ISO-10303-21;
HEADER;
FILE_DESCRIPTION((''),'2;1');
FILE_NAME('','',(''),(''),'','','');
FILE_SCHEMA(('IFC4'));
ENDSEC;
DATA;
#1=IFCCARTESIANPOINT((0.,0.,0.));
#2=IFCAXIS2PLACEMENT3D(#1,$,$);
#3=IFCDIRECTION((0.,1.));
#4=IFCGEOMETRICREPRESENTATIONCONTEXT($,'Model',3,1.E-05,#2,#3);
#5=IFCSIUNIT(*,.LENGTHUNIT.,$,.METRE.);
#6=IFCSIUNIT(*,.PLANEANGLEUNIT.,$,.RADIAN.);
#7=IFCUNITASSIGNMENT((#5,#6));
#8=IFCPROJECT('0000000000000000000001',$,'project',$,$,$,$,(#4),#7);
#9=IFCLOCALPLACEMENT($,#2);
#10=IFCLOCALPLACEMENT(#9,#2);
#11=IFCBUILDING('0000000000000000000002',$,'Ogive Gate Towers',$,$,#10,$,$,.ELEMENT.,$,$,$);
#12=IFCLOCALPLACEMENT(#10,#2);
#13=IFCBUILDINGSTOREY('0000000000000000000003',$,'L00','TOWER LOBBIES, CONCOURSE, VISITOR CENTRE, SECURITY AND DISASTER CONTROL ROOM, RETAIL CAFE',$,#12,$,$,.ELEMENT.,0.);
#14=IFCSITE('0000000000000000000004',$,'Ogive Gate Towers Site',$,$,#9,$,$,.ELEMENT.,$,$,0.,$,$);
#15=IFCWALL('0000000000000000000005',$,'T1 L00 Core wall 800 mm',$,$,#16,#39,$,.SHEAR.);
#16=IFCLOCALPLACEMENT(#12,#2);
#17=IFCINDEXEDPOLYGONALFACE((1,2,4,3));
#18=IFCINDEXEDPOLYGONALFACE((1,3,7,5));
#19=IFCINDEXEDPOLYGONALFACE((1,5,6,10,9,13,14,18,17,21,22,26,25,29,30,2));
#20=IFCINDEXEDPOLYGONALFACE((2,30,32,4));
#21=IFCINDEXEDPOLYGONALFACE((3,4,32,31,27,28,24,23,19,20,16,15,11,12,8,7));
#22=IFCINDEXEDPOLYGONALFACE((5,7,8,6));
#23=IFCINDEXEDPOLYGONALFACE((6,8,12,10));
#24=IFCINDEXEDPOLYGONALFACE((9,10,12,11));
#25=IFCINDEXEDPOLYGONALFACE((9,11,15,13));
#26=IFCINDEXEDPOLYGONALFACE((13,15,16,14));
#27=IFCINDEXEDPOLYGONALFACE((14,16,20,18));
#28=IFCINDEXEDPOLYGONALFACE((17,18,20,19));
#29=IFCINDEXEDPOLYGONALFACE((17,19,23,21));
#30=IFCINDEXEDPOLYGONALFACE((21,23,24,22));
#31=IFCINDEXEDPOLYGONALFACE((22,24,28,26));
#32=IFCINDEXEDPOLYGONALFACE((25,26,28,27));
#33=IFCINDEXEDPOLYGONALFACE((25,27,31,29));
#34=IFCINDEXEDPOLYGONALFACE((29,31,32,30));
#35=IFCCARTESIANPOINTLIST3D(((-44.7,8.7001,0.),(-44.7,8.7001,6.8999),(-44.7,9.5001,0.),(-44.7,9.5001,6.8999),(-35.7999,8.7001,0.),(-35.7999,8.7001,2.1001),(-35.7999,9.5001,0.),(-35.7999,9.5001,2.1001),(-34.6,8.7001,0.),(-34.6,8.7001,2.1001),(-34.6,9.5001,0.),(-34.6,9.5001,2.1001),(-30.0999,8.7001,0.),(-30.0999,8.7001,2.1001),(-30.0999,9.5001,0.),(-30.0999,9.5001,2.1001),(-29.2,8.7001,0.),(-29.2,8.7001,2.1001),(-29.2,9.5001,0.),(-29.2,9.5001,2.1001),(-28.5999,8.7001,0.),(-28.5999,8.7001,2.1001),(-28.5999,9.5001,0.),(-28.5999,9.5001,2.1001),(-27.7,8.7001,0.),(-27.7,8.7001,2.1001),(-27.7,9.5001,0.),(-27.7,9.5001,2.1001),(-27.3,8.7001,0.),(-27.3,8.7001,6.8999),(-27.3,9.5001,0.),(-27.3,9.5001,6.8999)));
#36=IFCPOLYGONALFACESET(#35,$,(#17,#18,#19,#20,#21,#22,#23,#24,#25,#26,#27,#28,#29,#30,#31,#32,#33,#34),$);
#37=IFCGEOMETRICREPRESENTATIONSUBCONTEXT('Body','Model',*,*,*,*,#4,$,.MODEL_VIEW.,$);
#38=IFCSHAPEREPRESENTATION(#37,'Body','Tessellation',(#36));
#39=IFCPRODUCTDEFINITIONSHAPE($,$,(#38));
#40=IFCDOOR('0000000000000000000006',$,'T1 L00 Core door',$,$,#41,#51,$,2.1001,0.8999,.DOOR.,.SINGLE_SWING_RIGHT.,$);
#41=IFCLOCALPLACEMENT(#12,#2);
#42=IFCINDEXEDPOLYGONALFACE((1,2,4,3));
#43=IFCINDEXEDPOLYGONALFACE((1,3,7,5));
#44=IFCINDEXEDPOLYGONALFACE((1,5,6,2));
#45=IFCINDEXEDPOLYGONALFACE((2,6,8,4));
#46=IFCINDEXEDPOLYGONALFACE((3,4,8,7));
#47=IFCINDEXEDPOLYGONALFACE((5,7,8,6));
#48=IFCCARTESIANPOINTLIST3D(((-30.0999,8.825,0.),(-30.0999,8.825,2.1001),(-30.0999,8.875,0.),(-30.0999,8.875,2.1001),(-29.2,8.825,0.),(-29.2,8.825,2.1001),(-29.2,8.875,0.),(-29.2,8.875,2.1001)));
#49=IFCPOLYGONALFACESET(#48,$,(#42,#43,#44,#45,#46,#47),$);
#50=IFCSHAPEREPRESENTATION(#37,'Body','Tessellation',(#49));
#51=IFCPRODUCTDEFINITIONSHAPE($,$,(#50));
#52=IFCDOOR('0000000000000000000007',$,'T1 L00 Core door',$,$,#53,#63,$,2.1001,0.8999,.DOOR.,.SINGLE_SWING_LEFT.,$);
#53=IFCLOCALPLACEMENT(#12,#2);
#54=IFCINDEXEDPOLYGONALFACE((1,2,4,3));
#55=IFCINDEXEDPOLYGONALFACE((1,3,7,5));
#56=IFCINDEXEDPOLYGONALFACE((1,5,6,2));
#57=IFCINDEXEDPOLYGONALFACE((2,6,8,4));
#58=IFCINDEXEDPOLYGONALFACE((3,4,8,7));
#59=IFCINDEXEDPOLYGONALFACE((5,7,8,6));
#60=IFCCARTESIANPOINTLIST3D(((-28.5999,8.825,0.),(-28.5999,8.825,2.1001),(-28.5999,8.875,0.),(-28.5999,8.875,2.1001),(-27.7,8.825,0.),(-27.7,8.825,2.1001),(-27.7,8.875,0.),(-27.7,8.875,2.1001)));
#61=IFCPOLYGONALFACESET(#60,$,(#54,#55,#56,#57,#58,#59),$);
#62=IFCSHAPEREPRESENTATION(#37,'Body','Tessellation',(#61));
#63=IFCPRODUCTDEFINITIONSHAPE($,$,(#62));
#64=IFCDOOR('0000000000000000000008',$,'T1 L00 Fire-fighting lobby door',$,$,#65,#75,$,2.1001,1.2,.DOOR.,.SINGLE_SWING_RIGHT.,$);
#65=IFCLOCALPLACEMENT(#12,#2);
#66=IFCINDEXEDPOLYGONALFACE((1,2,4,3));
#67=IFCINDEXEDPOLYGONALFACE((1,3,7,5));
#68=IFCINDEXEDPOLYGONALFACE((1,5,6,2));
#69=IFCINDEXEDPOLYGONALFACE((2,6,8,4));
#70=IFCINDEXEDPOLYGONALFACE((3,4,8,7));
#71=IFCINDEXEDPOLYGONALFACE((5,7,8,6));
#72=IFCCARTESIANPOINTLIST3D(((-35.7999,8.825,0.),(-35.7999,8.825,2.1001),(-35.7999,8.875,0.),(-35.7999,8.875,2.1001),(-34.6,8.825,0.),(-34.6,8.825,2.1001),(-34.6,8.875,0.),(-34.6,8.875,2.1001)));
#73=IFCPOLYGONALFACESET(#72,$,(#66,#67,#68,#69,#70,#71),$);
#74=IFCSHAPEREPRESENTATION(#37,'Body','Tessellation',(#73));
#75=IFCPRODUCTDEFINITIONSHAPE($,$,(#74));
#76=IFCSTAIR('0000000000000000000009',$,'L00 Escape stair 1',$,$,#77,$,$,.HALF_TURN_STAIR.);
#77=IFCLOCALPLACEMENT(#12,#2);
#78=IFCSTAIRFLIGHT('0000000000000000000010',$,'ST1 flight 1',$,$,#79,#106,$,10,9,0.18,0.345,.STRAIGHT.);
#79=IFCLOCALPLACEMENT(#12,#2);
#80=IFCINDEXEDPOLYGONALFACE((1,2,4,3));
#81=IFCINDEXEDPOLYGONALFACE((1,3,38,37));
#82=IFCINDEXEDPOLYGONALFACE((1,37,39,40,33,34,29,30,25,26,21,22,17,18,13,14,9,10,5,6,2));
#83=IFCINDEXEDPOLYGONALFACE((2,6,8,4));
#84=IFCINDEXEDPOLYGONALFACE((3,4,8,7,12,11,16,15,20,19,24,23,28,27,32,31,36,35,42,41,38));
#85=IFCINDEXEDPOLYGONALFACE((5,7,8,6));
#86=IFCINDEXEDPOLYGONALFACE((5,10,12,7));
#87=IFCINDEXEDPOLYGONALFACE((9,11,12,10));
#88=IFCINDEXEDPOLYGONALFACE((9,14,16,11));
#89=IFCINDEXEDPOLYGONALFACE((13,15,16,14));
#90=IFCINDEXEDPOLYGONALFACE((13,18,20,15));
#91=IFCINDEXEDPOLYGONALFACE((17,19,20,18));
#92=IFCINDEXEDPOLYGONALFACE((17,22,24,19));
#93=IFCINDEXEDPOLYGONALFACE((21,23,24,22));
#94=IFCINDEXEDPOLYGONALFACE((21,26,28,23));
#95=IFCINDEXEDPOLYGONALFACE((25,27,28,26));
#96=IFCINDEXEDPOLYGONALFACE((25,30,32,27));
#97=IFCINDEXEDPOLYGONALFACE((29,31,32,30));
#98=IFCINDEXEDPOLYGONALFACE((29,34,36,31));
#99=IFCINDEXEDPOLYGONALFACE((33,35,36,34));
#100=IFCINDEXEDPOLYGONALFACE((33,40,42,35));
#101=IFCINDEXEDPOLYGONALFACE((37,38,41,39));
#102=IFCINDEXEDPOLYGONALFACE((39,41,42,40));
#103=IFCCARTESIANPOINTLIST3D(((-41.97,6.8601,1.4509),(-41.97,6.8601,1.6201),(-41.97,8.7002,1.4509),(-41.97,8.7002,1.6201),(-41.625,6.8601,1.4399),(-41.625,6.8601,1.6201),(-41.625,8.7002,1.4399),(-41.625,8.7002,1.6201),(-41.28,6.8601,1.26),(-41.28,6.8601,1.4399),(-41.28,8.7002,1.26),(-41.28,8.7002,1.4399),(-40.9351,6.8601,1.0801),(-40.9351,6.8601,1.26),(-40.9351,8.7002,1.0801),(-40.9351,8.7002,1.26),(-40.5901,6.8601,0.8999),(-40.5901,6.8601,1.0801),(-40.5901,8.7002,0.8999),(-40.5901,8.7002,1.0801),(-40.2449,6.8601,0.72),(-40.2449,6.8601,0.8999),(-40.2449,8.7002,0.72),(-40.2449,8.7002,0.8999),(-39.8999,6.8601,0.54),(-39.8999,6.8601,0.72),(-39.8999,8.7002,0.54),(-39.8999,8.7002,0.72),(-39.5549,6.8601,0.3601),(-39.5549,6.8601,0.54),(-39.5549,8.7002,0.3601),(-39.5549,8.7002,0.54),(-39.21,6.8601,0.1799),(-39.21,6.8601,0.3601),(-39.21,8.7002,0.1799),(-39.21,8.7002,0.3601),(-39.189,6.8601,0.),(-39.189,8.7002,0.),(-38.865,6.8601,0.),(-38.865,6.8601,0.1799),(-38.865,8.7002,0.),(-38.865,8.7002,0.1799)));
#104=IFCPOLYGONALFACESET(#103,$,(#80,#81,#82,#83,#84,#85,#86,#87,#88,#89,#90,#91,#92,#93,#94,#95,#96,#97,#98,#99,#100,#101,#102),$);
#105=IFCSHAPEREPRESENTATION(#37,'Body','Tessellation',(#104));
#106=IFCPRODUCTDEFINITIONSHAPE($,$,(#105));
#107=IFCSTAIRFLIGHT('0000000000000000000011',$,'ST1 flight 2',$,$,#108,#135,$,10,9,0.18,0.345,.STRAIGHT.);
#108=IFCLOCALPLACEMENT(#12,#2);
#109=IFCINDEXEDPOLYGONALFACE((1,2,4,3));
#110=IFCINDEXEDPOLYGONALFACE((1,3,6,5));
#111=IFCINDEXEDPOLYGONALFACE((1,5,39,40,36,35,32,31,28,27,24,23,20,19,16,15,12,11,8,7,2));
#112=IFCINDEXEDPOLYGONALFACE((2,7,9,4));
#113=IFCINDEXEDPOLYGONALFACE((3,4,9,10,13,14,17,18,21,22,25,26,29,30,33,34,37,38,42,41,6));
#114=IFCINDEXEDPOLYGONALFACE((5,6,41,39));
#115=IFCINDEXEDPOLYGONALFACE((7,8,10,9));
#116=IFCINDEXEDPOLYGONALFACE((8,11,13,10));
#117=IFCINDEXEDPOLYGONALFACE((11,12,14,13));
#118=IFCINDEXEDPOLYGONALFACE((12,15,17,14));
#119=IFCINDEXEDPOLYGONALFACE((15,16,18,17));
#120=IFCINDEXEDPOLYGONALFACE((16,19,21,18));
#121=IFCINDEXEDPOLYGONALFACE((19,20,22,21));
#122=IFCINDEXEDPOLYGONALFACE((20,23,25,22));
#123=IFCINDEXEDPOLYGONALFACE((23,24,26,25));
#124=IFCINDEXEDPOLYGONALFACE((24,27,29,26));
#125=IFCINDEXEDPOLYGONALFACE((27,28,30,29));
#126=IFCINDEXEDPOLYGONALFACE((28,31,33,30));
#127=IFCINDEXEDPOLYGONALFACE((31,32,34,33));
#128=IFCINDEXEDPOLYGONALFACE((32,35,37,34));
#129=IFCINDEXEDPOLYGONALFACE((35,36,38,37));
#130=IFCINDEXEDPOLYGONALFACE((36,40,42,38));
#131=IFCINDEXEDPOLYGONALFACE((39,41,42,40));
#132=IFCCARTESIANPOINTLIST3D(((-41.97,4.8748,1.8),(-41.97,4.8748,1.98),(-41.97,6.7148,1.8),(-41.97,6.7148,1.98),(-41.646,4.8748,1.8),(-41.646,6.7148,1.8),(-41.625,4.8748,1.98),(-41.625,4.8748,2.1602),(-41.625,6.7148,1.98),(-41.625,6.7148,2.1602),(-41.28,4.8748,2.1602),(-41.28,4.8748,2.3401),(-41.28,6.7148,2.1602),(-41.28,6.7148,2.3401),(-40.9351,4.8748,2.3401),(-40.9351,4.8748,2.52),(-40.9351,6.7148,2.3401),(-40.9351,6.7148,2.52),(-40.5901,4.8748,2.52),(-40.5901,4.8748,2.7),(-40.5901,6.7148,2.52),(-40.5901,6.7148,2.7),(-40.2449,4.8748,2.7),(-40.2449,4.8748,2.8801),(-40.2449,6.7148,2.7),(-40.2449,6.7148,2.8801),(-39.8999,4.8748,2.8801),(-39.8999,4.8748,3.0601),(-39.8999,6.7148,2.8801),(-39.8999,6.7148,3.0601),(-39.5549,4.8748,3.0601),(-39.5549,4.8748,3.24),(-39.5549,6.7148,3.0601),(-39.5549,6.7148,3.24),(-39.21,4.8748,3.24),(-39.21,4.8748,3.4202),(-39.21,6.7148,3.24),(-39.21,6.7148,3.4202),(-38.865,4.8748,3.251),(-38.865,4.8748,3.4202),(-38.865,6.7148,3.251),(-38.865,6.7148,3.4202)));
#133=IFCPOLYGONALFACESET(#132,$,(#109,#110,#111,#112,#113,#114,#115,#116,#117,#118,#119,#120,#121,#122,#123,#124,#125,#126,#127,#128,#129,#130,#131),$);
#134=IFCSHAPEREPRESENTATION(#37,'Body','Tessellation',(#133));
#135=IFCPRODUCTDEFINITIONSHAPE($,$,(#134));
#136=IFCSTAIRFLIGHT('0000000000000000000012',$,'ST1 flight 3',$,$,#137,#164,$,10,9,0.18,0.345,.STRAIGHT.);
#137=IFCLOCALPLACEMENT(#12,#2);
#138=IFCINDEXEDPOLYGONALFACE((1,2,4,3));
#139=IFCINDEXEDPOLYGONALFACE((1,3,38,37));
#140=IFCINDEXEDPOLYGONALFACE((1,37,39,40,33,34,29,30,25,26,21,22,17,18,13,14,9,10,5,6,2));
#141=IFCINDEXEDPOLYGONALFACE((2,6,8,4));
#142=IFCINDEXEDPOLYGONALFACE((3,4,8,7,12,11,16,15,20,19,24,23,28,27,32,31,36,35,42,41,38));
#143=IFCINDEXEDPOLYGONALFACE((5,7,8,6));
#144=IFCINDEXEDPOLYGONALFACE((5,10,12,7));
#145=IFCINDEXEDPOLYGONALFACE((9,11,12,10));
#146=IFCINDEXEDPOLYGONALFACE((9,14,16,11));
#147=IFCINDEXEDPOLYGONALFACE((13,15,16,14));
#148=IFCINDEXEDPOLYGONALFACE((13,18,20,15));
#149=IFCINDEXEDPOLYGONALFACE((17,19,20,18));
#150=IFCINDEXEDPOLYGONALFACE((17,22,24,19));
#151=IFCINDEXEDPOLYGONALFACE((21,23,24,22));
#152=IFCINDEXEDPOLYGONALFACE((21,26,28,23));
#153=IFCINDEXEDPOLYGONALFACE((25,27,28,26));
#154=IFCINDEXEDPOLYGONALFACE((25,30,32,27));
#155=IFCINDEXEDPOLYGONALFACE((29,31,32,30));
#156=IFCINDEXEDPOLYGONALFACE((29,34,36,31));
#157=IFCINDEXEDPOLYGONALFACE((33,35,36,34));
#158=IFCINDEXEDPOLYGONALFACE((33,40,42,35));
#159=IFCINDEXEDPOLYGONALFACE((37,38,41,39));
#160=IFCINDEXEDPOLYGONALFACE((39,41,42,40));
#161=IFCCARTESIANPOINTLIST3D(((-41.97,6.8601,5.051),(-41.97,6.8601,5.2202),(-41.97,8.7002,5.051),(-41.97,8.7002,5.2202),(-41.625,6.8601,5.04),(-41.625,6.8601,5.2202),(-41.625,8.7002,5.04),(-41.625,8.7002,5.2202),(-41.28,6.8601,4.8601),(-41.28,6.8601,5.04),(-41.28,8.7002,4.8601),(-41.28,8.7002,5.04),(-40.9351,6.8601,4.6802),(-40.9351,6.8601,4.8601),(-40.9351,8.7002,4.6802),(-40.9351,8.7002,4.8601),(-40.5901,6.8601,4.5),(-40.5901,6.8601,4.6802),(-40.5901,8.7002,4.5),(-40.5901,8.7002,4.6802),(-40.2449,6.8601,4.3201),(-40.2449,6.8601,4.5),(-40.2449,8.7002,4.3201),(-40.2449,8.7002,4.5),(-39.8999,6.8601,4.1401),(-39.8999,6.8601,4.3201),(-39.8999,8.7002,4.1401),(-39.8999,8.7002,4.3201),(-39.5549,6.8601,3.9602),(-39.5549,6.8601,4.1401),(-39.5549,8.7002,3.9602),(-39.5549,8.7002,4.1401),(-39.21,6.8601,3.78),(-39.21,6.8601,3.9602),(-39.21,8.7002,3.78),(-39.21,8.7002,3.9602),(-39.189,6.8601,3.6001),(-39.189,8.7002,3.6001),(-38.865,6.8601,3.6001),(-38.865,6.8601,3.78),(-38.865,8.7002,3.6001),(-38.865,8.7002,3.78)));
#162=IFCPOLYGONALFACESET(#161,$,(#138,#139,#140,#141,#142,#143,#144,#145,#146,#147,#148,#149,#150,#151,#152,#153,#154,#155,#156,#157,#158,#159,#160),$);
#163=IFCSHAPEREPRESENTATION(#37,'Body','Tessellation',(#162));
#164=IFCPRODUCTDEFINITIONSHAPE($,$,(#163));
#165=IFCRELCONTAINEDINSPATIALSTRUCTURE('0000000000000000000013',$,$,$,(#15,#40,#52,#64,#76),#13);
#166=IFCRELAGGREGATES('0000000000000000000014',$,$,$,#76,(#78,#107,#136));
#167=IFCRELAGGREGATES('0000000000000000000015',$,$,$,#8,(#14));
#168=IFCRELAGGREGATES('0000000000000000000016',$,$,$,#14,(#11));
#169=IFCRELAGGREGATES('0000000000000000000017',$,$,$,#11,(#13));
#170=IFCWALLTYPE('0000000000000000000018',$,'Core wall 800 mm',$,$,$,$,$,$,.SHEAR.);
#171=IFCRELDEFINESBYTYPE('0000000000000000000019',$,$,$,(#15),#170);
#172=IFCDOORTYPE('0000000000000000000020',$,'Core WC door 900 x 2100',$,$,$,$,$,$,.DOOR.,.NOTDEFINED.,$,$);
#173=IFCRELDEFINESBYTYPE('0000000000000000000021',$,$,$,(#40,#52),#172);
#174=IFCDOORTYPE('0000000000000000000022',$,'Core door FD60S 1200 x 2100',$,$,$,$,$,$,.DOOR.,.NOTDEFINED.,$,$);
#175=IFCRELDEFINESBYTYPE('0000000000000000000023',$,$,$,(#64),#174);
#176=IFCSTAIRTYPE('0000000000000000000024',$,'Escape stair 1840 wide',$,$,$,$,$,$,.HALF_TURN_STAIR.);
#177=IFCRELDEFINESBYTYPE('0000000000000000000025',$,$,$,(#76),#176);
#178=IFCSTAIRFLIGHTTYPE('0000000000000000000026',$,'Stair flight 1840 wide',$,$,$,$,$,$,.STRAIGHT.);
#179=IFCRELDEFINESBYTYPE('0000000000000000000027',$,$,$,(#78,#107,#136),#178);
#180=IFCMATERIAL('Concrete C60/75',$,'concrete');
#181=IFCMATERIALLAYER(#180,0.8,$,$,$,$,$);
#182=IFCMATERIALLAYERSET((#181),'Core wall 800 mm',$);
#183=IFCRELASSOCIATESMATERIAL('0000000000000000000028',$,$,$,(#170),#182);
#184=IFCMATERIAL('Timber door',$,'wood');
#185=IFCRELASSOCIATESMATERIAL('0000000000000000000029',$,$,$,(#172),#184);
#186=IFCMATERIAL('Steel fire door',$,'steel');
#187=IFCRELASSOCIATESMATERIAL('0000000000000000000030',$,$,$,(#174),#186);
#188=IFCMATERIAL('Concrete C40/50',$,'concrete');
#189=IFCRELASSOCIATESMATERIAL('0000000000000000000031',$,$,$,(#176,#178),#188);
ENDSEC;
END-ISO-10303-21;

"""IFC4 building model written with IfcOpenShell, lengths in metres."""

from ifc_helpers import new_model, si_unit, direction, frame, frame_2d, origin, place, context, subcontext, project, spatial, polyline, rectangle, outline, extrude, material, layer, layer_set, type_object, element, fill, aggregate, save


model = new_model("IFC4")

# Units and contexts
model_context = context("Model", 3, precision=1e-05, world=origin(), true_north=direction((0.0, 1.0)))
body_context = subcontext(model_context, "Body", "Model", "MODEL_VIEW")
ifc_project = project(units=[si_unit("LENGTHUNIT", "METRE"), si_unit("PLANEANGLEUNIT", "RADIAN")], contexts=[model_context])

# Site, building, storey
site_placement = place(None, origin())
site = spatial("IfcSite", under=ifc_project, at=site_placement, Name="Ogive Gate Towers Site", CompositionType="ELEMENT", RefElevation=0.0)
building_placement = place(site_placement, origin())
building = spatial("IfcBuilding", under=site, at=building_placement, Name="Ogive Gate Towers", CompositionType="ELEMENT")
storey_placement = place(building_placement, origin())
storey = spatial("IfcBuildingStorey", under=building, at=storey_placement, Name="L00", Description="TOWER LOBBIES, CONCOURSE, VISITOR CENTRE, SECURITY AND DISASTER CONTROL ROOM, RETAIL CAFE", CompositionType="ELEMENT", Elevation=0.0)

# Shared definitions
ifc_material_1 = material(Name="Concrete C40/50", Category="concrete")

# Wall, openings, doors
ifc_material_2 = material(Name="Concrete C60/75", Category="concrete")
ifc_layer = layer(ifc_material_2, 0.8)
ifc_layer_set = layer_set([ifc_layer], Name="Core wall 800 mm")
wall_type = type_object("IfcWallType", Name="Core wall 800 mm", PredefinedType="SHEAR", material=ifc_layer_set)
wall_placement = place(storey_placement, frame((-44.7, 9.1001, 0.0), z_axis=(0.0, 0.0, 1.0), x_axis=(1.0, 0.0, 0.0)))
wall = element("IfcWall", 1, at=wall_placement, inside=storey, type_object=wall_type, Name="T1 L00 Core wall 800 mm", PredefinedType="SHEAR", context=body_context, shape_type="SweptSolid", body=[
    extrude(rectangle(XDim=17.3999, YDim=0.8, at=frame_2d((8.7, 0.0))), origin(), (0.0, 0.0, 1.0), 6.8999),
])
opening_1_placement = place(wall_placement, frame((8.8999, 0.0, 0.0)))
opening_1 = element("IfcOpeningElement", 2, at=opening_1_placement, cuts=wall, PredefinedType="OPENING", context=body_context, shape_type="SweptSolid", body=[
    extrude(rectangle(XDim=1.2, YDim=2.1001, at=frame_2d((0.6001, 1.05))), frame((0.0, 0.4102, 0.0), z_axis=(0.0, -1.0, 0.0), x_axis=(1.0, 0.0, 0.0)), (0.0, 0.0, 1.0), 0.8201),
])
opening_2_placement = place(wall_placement, frame((14.6001, 0.0, 0.0)))
opening_2 = element("IfcOpeningElement", 3, at=opening_2_placement, cuts=wall, PredefinedType="OPENING", context=body_context, shape_type="SweptSolid", body=[
    extrude(rectangle(XDim=0.8999, YDim=2.1001, at=frame_2d((0.45, 1.05))), frame((0.0, 0.4102, 0.0), z_axis=(0.0, -1.0, 0.0), x_axis=(1.0, 0.0, 0.0)), (0.0, 0.0, 1.0), 0.8201),
])
opening_3_placement = place(wall_placement, frame((16.1001, 0.0, 0.0)))
opening_3 = element("IfcOpeningElement", 4, at=opening_3_placement, cuts=wall, PredefinedType="OPENING", context=body_context, shape_type="SweptSolid", body=[
    extrude(rectangle(XDim=0.8999, YDim=2.1001, at=frame_2d((0.45, 1.05))), frame((0.0, 0.4102, 0.0), z_axis=(0.0, -1.0, 0.0), x_axis=(1.0, 0.0, 0.0)), (0.0, 0.0, 1.0), 0.8201),
])
ifc_material_3 = material(Name="Timber door", Category="wood")
door_type_1 = type_object("IfcDoorType", Name="Core WC door 900 x 2100", OperationType="NOTDEFINED", PredefinedType="DOOR", material=ifc_material_3)
door_1_placement = place(opening_2_placement, origin())
door_1 = element("IfcDoor", 5, at=door_1_placement, inside=storey, type_object=door_type_1, Name="T1 L00 Core door", OperationType="SINGLE_SWING_RIGHT", OverallHeight=2.1001, OverallWidth=0.8999, PredefinedType="DOOR", context=body_context, shape_type="SweptSolid", body=[
    extrude(rectangle(XDim=0.8999, YDim=2.1001, at=frame_2d((0.45, 1.05))), frame((0.0, -0.2251, 0.0), z_axis=(0.0, -1.0, 0.0), x_axis=(1.0, 0.0, 0.0)), (0.0, 0.0, 1.0), 0.05),
])
fill(opening_2, door_1)
door_2_placement = place(opening_3_placement, origin())
door_2 = element("IfcDoor", 6, at=door_2_placement, inside=storey, type_object=door_type_1, Name="T1 L00 Core door", OperationType="SINGLE_SWING_LEFT", OverallHeight=2.1001, OverallWidth=0.8999, PredefinedType="DOOR", context=body_context, shape_type="SweptSolid", body=[
    extrude(rectangle(XDim=0.8999, YDim=2.1001, at=frame_2d((0.45, 1.05))), frame((0.0, -0.2251, 0.0), z_axis=(0.0, -1.0, 0.0), x_axis=(1.0, 0.0, 0.0)), (0.0, 0.0, 1.0), 0.05),
])
fill(opening_3, door_2)
ifc_material_4 = material(Name="Steel fire door", Category="steel")
door_type_2 = type_object("IfcDoorType", Name="Core door FD60S 1200 x 2100", OperationType="NOTDEFINED", PredefinedType="DOOR", material=ifc_material_4)
door_3_placement = place(opening_1_placement, origin())
door_3 = element("IfcDoor", 7, at=door_3_placement, inside=storey, type_object=door_type_2, Name="T1 L00 Fire-fighting lobby door", OperationType="SINGLE_SWING_RIGHT", OverallHeight=2.1001, OverallWidth=1.2, PredefinedType="DOOR", context=body_context, shape_type="SweptSolid", body=[
    extrude(rectangle(XDim=1.2, YDim=2.1001, at=frame_2d((0.6001, 1.05))), frame((0.0, -0.2251, 0.0), z_axis=(0.0, -1.0, 0.0), x_axis=(1.0, 0.0, 0.0)), (0.0, 0.0, 1.0), 0.05),
])
fill(opening_1, door_3)

# Stair, stair flights
stair_type = type_object("IfcStairType", Name="Escape stair 1840 wide", PredefinedType="HALF_TURN_STAIR", material=ifc_material_1)
stair_placement = place(storey_placement, origin())
stair = element("IfcStair", 8, at=stair_placement, inside=storey, type_object=stair_type, Name="L00 Escape stair 1", PredefinedType="HALF_TURN_STAIR")
stair_flight_type = type_object("IfcStairFlightType", Name="Stair flight 1840 wide", PredefinedType="STRAIGHT", material=ifc_material_1)
stair_flight_1_placement = place(storey_placement, frame((-38.865, 7.78, 0.0), z_axis=(0.0, 0.0, 1.0), x_axis=(-1.0, 0.0, 0.0)))
stair_flight_1 = element("IfcStairFlight", 9, at=stair_flight_1_placement, type_object=stair_flight_type, Name="ST1 flight 1", NumberOfRisers=10, NumberOfTreads=9, PredefinedType="STRAIGHT", RiserHeight=0.18, TreadLength=0.345, context=body_context, shape_type="SweptSolid", body=[
    extrude(outline(polyline([(0.0, 0.0), (0.0, 0.1799), (0.345, 0.1799), (0.345, 0.3601), (0.6899, 0.3601), (0.6899, 0.54), (1.0349, 0.54), (1.0349, 0.72), (1.3799, 0.72), (1.3799, 0.8999), (1.7251, 0.8999), (1.7251, 1.0801), (2.0701, 1.0801), (2.0701, 1.26), (2.415, 1.26), (2.415, 1.4399), (2.76, 1.4399), (2.76, 1.6201), (3.105, 1.6201), (3.105, 1.8), (3.105, 1.4509), (0.324, 0.0), (0.0, 0.0)])), frame((0.0, 0.9199, 0.0), z_axis=(0.0, -1.0, 0.0), x_axis=(1.0, 0.0, 0.0)), (0.0, 0.0, 1.0), 1.8401),
])
stair_flight_2_placement = place(storey_placement, frame((-41.97, 5.7949, 1.8), z_axis=(0.0, 0.0, 1.0), x_axis=(1.0, 0.0, 0.0)))
stair_flight_2 = element("IfcStairFlight", 10, at=stair_flight_2_placement, type_object=stair_flight_type, Name="ST1 flight 2", NumberOfRisers=10, NumberOfTreads=9, PredefinedType="STRAIGHT", RiserHeight=0.18, TreadLength=0.345, context=body_context, shape_type="SweptSolid", body=[
    extrude(outline(polyline([(0.0, 0.0), (0.0, 0.1799), (0.345, 0.1799), (0.345, 0.3601), (0.6899, 0.3601), (0.6899, 0.54), (1.0349, 0.54), (1.0349, 0.72), (1.3799, 0.72), (1.3799, 0.8999), (1.7251, 0.8999), (1.7251, 1.0801), (2.0701, 1.0801), (2.0701, 1.26), (2.415, 1.26), (2.415, 1.4399), (2.76, 1.4399), (2.76, 1.6201), (3.105, 1.6201), (3.105, 1.8), (3.105, 1.4509), (0.324, 0.0), (0.0, 0.0)])), frame((0.0, 0.9199, 0.0), z_axis=(0.0, -1.0, 0.0), x_axis=(1.0, 0.0, 0.0)), (0.0, 0.0, 1.0), 1.8401),
])
stair_flight_3_placement = place(storey_placement, frame((-38.865, 7.78, 3.6001), z_axis=(0.0, 0.0, 1.0), x_axis=(-1.0, 0.0, 0.0)))
stair_flight_3 = element("IfcStairFlight", 11, at=stair_flight_3_placement, type_object=stair_flight_type, Name="ST1 flight 3", NumberOfRisers=10, NumberOfTreads=9, PredefinedType="STRAIGHT", RiserHeight=0.18, TreadLength=0.345, context=body_context, shape_type="SweptSolid", body=[
    extrude(outline(polyline([(0.0, 0.0), (0.0, 0.1799), (0.345, 0.1799), (0.345, 0.3601), (0.6899, 0.3601), (0.6899, 0.54), (1.0349, 0.54), (1.0349, 0.72), (1.3799, 0.72), (1.3799, 0.8999), (1.7251, 0.8999), (1.7251, 1.0801), (2.0701, 1.0801), (2.0701, 1.26), (2.415, 1.26), (2.415, 1.4399), (2.76, 1.4399), (2.76, 1.6201), (3.105, 1.6201), (3.105, 1.8), (3.105, 1.4509), (0.324, 0.0), (0.0, 0.0)])), frame((0.0, 0.9199, 0.0), z_axis=(0.0, -1.0, 0.0), x_axis=(1.0, 0.0, 0.0)), (0.0, 0.0, 1.0), 1.8401),
])
aggregate(stair, [stair_flight_1, stair_flight_2, stair_flight_3])

save(model, "model.ifc")
